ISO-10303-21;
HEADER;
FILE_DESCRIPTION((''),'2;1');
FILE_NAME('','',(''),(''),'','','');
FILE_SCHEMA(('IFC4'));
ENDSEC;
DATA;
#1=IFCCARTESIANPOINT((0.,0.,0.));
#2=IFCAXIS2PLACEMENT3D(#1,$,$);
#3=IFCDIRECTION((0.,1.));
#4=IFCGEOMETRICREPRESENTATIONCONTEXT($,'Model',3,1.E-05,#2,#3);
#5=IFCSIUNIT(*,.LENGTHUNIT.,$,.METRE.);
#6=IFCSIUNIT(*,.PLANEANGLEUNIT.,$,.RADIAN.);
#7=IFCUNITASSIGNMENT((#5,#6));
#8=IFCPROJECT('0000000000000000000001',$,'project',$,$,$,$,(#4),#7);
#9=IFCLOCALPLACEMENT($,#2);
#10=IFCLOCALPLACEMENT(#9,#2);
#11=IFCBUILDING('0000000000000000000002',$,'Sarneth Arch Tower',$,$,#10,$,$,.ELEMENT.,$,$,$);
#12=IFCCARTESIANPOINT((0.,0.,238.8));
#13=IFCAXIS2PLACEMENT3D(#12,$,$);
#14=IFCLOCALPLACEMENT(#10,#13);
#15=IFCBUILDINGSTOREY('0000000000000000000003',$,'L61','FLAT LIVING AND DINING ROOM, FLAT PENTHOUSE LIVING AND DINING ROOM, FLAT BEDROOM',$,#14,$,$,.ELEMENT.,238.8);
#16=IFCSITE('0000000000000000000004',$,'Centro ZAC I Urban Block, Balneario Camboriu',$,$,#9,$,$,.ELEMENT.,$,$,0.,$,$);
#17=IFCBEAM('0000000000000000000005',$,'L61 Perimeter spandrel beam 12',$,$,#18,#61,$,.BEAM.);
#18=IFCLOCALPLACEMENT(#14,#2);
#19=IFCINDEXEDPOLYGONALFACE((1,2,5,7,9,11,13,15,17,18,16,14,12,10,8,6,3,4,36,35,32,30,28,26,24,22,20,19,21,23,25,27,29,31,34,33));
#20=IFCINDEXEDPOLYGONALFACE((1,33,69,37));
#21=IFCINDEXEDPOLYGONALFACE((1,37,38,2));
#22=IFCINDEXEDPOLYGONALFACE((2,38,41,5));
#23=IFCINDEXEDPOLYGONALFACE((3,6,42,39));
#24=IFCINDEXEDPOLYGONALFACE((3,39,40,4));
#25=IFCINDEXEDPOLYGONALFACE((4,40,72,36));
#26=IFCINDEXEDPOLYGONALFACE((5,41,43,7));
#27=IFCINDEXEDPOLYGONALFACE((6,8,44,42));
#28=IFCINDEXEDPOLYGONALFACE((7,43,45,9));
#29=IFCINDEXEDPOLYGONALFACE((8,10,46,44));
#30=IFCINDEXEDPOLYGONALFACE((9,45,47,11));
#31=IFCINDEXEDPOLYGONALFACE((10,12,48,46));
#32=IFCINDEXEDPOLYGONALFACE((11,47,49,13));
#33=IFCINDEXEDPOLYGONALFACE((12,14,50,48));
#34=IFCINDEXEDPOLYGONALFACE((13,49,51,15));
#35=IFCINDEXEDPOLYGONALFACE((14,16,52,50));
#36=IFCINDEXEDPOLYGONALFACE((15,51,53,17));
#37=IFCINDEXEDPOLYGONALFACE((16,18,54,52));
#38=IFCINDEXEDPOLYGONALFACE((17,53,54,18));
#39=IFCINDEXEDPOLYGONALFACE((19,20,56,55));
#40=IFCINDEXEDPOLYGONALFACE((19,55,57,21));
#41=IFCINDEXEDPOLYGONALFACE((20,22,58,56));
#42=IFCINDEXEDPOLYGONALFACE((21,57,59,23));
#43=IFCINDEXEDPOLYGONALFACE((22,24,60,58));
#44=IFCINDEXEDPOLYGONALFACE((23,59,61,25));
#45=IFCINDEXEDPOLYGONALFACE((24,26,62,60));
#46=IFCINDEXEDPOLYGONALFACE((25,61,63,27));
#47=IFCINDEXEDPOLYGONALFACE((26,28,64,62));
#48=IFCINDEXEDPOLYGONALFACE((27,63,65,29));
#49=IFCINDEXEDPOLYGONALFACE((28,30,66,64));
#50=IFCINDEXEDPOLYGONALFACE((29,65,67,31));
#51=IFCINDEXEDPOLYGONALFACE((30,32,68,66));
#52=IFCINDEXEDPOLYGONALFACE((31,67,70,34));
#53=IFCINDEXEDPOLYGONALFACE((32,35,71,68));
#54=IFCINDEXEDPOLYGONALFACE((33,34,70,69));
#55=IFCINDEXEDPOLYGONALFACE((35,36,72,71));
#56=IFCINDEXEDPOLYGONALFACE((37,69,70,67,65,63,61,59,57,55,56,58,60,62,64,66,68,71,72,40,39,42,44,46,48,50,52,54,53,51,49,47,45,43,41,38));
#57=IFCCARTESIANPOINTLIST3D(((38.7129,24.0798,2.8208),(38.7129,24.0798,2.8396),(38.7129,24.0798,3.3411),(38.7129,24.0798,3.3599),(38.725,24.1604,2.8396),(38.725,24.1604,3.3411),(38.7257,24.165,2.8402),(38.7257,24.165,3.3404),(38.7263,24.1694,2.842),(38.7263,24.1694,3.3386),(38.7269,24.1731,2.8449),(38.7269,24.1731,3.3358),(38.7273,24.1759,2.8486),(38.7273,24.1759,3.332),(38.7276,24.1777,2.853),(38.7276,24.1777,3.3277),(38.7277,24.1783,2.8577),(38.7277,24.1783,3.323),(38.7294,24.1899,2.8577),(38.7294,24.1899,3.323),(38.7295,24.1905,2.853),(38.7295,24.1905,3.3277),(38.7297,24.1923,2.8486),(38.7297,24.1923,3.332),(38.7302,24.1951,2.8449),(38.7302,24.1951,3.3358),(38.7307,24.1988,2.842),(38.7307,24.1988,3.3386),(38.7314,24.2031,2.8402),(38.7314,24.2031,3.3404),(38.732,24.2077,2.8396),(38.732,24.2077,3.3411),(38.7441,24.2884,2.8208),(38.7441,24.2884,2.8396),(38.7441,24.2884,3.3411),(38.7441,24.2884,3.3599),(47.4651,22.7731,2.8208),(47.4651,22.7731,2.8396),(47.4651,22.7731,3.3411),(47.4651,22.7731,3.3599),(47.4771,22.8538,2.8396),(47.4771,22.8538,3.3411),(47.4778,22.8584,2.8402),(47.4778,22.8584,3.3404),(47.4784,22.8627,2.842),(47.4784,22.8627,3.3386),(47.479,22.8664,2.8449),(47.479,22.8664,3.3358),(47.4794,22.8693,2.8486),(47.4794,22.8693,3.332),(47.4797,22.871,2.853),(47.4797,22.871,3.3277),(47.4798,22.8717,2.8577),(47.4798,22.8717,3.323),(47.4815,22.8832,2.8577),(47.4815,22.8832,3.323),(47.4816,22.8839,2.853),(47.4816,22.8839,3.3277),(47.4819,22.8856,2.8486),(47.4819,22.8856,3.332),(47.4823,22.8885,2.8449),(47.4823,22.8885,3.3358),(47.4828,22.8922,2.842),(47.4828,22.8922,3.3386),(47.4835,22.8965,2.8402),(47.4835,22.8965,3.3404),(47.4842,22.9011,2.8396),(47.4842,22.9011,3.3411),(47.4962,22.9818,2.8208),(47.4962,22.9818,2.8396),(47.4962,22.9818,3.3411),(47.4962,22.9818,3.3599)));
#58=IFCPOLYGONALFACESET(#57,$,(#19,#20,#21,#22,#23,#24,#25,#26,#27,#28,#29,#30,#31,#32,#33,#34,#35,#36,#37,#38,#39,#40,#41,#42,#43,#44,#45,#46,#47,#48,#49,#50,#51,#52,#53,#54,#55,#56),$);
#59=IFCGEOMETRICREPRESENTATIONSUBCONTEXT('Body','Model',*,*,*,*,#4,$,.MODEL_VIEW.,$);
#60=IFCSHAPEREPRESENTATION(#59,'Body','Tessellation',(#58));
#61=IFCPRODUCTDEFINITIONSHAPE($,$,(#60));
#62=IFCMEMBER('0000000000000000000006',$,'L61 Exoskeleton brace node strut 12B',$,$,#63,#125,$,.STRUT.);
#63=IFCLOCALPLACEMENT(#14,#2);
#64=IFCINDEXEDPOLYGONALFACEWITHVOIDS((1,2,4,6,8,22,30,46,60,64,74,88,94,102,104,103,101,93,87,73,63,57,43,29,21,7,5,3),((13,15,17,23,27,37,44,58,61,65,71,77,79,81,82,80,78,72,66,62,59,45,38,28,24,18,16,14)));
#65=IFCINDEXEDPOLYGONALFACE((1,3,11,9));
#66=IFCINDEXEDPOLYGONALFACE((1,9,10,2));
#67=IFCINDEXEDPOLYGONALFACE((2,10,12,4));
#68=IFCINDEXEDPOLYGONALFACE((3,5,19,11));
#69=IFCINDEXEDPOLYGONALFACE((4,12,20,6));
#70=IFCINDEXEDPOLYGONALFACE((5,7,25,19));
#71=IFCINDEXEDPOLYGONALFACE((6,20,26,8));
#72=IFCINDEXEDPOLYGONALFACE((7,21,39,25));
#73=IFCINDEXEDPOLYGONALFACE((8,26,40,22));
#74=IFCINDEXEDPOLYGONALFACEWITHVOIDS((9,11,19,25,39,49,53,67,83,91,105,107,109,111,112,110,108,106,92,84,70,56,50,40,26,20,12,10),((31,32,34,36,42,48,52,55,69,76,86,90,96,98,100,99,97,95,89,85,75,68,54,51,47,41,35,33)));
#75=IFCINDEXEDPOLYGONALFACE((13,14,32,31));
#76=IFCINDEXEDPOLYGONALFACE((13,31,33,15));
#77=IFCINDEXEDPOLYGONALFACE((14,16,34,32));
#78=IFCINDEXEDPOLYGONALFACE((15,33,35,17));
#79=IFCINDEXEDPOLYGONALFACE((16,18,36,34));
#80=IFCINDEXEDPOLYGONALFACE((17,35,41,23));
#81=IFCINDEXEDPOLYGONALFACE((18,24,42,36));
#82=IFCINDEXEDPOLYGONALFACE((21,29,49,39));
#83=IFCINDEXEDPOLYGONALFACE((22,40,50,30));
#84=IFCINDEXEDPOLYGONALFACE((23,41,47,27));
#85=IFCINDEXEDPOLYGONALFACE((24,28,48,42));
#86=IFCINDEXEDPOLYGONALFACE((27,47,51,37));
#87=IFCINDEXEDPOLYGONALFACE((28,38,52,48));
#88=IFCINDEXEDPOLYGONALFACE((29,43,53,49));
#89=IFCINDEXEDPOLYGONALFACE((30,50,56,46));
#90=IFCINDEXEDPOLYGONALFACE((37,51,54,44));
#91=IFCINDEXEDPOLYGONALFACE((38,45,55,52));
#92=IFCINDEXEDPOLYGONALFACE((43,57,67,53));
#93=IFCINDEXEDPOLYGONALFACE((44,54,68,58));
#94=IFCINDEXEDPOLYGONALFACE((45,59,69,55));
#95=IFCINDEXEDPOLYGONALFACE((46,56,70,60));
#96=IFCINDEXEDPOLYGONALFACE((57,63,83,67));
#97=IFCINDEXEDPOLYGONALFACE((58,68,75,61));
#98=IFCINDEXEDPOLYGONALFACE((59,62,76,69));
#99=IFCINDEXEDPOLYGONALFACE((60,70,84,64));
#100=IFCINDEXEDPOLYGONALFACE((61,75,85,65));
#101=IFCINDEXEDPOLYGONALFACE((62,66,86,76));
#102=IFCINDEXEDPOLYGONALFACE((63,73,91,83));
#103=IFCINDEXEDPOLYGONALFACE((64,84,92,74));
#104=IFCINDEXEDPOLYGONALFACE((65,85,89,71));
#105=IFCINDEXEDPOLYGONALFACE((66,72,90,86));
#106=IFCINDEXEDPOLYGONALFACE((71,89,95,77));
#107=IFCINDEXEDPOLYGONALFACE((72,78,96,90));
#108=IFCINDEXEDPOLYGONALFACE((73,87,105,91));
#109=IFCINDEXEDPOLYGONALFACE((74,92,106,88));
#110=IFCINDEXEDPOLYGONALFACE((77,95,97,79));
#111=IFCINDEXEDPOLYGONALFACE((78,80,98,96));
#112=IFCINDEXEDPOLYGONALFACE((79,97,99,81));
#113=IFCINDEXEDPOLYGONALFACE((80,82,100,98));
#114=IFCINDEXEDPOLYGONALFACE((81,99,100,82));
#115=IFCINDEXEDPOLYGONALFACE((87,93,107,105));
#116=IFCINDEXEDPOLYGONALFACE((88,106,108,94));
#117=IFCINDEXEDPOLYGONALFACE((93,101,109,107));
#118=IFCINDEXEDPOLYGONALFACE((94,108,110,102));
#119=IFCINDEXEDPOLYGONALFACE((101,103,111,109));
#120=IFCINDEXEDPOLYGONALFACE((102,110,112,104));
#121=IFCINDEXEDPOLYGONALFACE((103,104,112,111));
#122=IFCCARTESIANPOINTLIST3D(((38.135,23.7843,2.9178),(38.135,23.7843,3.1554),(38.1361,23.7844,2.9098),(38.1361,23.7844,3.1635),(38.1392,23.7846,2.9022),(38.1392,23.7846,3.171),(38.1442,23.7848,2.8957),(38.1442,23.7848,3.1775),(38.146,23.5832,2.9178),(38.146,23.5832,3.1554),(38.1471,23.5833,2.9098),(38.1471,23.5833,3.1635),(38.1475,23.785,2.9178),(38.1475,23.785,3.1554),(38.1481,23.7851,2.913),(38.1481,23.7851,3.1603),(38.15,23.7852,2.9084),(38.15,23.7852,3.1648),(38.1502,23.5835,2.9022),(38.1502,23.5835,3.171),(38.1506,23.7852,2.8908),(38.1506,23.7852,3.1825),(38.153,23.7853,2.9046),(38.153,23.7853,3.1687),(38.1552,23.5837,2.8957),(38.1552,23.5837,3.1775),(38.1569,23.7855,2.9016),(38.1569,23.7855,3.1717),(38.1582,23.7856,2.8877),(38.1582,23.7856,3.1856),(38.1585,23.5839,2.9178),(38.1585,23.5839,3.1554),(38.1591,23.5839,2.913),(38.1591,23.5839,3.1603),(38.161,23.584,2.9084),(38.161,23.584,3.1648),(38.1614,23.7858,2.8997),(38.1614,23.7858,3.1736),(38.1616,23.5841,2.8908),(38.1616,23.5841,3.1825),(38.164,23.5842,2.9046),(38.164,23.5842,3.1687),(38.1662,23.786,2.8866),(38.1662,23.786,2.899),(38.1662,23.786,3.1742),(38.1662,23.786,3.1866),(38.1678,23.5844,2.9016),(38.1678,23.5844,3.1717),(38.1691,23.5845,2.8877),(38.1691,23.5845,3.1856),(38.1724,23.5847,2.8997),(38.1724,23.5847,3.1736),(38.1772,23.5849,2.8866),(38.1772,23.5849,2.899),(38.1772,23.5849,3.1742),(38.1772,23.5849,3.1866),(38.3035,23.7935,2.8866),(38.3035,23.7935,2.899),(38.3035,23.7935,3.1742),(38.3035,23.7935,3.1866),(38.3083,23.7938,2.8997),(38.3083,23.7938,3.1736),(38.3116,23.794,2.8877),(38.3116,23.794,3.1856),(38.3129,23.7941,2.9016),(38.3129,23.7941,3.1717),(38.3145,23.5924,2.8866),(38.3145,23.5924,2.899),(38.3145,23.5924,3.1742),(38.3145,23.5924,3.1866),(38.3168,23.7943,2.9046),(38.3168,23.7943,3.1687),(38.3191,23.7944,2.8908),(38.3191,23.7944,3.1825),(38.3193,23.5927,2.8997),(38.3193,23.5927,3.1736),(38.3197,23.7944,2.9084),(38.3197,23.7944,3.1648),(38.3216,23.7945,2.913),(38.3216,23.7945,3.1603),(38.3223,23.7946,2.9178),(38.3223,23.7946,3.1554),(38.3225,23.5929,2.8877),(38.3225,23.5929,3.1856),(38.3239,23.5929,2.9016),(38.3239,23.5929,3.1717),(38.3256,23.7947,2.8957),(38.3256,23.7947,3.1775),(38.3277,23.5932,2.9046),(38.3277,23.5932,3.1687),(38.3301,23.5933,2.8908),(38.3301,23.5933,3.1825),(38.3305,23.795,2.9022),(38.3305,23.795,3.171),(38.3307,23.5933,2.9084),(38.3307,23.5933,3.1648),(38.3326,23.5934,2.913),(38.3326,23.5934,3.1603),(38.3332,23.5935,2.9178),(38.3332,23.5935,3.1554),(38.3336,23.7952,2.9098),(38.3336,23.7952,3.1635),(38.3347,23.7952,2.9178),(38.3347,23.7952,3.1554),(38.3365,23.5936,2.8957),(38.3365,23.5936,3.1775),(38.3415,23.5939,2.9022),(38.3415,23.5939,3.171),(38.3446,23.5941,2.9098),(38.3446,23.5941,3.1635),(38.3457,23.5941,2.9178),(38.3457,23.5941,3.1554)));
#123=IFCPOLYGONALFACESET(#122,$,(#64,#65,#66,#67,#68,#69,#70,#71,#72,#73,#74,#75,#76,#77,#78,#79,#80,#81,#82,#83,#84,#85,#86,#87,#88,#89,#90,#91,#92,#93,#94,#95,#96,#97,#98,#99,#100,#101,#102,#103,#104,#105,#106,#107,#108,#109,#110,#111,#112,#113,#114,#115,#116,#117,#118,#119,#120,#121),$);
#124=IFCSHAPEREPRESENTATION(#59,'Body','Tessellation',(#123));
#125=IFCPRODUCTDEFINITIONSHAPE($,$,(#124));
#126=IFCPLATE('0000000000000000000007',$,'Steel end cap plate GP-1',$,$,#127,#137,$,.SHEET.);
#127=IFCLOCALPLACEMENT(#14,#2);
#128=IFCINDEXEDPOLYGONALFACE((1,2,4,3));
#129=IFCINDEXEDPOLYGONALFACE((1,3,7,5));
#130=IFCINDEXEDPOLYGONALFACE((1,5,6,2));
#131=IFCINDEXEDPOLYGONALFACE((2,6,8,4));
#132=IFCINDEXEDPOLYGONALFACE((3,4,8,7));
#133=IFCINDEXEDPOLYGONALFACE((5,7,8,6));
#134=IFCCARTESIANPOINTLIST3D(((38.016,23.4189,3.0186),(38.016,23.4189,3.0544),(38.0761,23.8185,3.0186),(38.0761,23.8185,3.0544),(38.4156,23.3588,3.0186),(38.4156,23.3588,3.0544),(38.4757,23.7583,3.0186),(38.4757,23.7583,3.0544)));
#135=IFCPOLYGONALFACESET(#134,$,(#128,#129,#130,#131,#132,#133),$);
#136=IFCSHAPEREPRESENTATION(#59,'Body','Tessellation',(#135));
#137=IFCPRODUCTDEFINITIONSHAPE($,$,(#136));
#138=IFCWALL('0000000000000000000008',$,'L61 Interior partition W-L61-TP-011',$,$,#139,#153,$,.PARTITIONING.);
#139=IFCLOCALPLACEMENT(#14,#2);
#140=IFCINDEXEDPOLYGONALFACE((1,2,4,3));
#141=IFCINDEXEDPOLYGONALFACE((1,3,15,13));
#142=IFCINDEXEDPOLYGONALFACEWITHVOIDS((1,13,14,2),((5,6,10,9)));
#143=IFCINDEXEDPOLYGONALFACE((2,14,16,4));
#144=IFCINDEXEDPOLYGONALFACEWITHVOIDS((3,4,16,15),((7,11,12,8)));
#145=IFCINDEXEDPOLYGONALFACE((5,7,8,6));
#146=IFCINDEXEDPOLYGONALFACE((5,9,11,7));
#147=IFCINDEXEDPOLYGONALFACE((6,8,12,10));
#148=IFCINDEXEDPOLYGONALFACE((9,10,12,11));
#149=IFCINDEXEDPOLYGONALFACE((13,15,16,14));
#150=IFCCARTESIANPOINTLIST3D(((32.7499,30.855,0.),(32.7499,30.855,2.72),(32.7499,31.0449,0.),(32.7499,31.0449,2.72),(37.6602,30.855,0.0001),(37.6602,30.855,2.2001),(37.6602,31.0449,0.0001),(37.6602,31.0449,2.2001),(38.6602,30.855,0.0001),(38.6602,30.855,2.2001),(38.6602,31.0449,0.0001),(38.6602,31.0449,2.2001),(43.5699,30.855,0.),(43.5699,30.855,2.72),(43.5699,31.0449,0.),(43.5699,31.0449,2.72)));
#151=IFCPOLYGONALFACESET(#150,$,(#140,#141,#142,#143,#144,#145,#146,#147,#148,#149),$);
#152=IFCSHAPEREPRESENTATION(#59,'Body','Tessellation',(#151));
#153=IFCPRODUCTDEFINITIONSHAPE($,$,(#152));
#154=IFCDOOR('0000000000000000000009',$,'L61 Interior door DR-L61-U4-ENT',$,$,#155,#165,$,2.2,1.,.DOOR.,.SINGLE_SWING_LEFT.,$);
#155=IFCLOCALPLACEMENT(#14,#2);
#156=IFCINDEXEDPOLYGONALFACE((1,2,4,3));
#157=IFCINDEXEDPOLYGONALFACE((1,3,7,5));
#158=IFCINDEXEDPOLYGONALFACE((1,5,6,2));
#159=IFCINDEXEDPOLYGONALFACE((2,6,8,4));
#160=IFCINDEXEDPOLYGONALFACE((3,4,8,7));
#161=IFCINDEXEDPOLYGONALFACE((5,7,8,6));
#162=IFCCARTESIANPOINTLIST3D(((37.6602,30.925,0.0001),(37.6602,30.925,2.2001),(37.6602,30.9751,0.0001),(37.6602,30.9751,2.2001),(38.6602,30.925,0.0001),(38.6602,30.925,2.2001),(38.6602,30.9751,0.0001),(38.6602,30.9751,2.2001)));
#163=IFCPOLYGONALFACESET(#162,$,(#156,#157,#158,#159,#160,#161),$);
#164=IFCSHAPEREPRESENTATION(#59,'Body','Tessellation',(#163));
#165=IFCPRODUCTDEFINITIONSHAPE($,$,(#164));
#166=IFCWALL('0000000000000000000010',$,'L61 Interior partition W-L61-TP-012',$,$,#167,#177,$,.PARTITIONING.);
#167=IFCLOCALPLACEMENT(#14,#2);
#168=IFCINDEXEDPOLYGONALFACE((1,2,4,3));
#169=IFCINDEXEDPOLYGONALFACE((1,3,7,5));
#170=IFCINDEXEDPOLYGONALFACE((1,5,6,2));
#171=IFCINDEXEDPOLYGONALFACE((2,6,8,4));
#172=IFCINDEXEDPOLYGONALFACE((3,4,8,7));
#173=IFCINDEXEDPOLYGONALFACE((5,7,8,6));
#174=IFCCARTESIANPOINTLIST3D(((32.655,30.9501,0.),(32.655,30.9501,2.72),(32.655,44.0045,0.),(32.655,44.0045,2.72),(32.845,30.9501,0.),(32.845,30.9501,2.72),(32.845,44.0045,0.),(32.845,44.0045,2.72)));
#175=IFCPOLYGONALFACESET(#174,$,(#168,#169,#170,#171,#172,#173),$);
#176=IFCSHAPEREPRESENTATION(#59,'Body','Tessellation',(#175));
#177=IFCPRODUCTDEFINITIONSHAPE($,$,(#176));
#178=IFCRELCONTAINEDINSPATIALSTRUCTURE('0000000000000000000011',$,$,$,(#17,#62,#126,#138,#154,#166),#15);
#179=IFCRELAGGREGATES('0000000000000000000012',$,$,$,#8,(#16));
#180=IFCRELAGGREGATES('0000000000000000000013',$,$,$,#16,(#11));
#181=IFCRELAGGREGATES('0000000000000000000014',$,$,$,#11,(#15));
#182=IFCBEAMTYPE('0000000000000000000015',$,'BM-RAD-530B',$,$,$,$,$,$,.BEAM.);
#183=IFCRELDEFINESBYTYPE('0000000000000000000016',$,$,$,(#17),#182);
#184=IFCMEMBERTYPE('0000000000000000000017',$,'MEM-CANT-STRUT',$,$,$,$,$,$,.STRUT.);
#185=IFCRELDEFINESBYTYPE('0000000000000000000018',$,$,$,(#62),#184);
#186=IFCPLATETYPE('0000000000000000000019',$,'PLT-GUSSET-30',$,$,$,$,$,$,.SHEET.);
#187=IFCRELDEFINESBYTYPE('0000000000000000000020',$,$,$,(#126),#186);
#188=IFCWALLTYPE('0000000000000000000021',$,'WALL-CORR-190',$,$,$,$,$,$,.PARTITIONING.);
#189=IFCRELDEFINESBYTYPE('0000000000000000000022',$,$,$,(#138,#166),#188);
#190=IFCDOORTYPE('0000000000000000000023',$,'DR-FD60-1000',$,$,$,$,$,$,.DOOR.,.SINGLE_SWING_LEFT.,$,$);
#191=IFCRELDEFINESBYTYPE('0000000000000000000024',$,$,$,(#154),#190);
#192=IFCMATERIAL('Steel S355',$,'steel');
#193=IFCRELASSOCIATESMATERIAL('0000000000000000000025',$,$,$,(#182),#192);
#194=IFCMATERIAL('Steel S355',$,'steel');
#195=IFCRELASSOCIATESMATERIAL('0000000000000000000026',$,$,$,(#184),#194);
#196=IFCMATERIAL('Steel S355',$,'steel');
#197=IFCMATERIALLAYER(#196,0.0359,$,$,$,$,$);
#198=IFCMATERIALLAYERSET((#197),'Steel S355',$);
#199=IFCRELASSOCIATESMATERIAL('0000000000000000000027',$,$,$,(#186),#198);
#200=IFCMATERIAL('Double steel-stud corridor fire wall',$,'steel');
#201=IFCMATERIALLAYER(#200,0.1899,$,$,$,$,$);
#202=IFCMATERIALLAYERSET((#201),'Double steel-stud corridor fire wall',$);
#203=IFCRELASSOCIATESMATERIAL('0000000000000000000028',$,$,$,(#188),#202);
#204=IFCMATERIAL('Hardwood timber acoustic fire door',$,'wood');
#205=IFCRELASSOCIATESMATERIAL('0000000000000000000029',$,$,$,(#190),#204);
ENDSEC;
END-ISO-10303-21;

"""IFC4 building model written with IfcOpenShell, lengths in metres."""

from ifc_helpers import new_model, si_unit, direction, frame, frame_2d, origin, origin_2d, place, context, subcontext, project, spatial, rectangle, hollow_rectangle, i_section, extrude, material, layer, layer_set, material_profile, profile_set, type_object, element, fill, save


model = new_model("IFC4")

# Units and contexts
model_context = context("Model", 3, precision=1e-05, world=origin(), true_north=direction((0.0, 1.0)))
body_context = subcontext(model_context, "Body", "Model", "MODEL_VIEW")
ifc_project = project(units=[si_unit("LENGTHUNIT", "METRE"), si_unit("PLANEANGLEUNIT", "RADIAN")], contexts=[model_context])

# Site, building, storey
site_placement = place(None, origin())
site = spatial("IfcSite", under=ifc_project, at=site_placement, Name="Centro ZAC I Urban Block, Balneario Camboriu", CompositionType="ELEMENT", RefElevation=0.0)
building_placement = place(site_placement, origin())
building = spatial("IfcBuilding", under=site, at=building_placement, Name="Sarneth Arch Tower", CompositionType="ELEMENT")
storey_placement = place(building_placement, frame((0.0, 0.0, 238.8)))
storey = spatial("IfcBuildingStorey", under=building, at=storey_placement, Name="L61", Description="FLAT LIVING AND DINING ROOM, FLAT PENTHOUSE LIVING AND DINING ROOM, FLAT BEDROOM", CompositionType="ELEMENT", Elevation=238.8)

# Beam
ifc_material_1 = material(Name="Steel S355", Category="steel")
ifc_material_profile_1 = material_profile(ifc_material_1, i_section(OverallWidth=0.2109, OverallDepth=0.5391, WebThickness=0.0117, FlangeThickness=0.0188, FilletRadius=0.0181, at=origin_2d()), Name="W530x109")
ifc_profile_set_1 = profile_set([ifc_material_profile_1], Name="Steel S355")
beam_type_1 = type_object("IfcBeamType", Name="BM-RAD-530B", PredefinedType="BEAM", material=ifc_profile_set_1)
beam_1_placement = place(storey_placement, frame((38.7285, 24.1841, 3.0903), z_axis=(0.989039, -0.147656, 0.0), x_axis=(0.147656, 0.989039, 0.0)))
element("IfcBeam", 1, at=beam_1_placement, inside=storey, type_object=beam_type_1, Name="L61 Perimeter spandrel beam 12", PredefinedType="BEAM", context=body_context, shape_type="SweptSolid", body=[
    extrude(i_section(OverallWidth=0.2109, OverallDepth=0.5391, WebThickness=0.0117, FlangeThickness=0.0188, FilletRadius=0.0181, at=origin_2d()), origin(), (0.0, 0.0, 1.0), 8.8491),
])

# Member
ifc_material_2 = material(Name="Steel S355", Category="steel")
ifc_material_profile_2 = material_profile(ifc_material_2, hollow_rectangle(XDim=0.2, YDim=0.3, WallThickness=0.0125, InnerFilletRadius=0.0188, OuterFilletRadius=0.0312, at=origin_2d()), Name="RHS300x200x12.5")
ifc_profile_set_2 = profile_set([ifc_material_profile_2], Name="Steel S355")
member_type = type_object("IfcMemberType", Name="MEM-CANT-STRUT", PredefinedType="STRUT", material=ifc_profile_set_2)
member_placement = place(storey_placement, frame((38.2349, 23.7898, 3.0366), z_axis=(0.05453, -0.998512, 0.0), x_axis=(0.998512, 0.05453, 0.0)))
element("IfcMember", 2, at=member_placement, inside=storey, type_object=member_type, Name="L61 Exoskeleton brace node strut 12B", PredefinedType="STRUT", context=body_context, shape_type="SweptSolid", body=[
    extrude(hollow_rectangle(XDim=0.2, YDim=0.3, WallThickness=0.0125, InnerFilletRadius=0.0188, OuterFilletRadius=0.0312, at=origin_2d()), origin(), (0.0, 0.0, 1.0), 0.2014),
])

# Plate
ifc_material_3 = material(Name="Steel S355", Category="steel")
ifc_layer_1 = layer(ifc_material_3, 0.0359)
ifc_layer_set_1 = layer_set([ifc_layer_1], Name="Steel S355")
plate_type = type_object("IfcPlateType", Name="PLT-GUSSET-30", PredefinedType="SHEET", material=ifc_layer_set_1)
plate_placement = place(storey_placement, frame((38.2458, 23.5886, 3.0186), z_axis=(0.0, 0.0, 1.0), x_axis=(0.988861, -0.148845, 0.0)))
element("IfcPlate", 3, at=plate_placement, inside=storey, type_object=plate_type, Name="Steel end cap plate GP-1", PredefinedType="SHEET", context=body_context, shape_type="SweptSolid", body=[
    extrude(rectangle(XDim=0.4041, YDim=0.4041, at=origin_2d()), origin(), (0.0, 0.0, 1.0), 0.0359),
])

# Wall, opening, door
ifc_material_4 = material(Name="Double steel-stud corridor fire wall", Category="steel")
ifc_layer_2 = layer(ifc_material_4, 0.1899)
ifc_layer_set_2 = layer_set([ifc_layer_2], Name="Double steel-stud corridor fire wall")
wall_type_1 = type_object("IfcWallType", Name="WALL-CORR-190", PredefinedType="PARTITIONING", material=ifc_layer_set_2)
wall_1_placement = place(storey_placement, frame((43.5701, 30.95, 0.0), z_axis=(0.0, 0.0, 1.0), x_axis=(-1.0, 0.0, 0.0)))
wall_1 = element("IfcWall", 4, at=wall_1_placement, inside=storey, type_object=wall_type_1, Name="L61 Interior partition W-L61-TP-011", PredefinedType="PARTITIONING", context=body_context, shape_type="SweptSolid", body=[
    extrude(rectangle(XDim=10.8201, YDim=0.1899, at=frame_2d((5.4102, 0.0))), origin(), (0.0, 0.0, 1.0), 2.72),
])
opening_1_placement = place(wall_1_placement, frame((4.9099, 0.0, 0.0)))
opening_1 = element("IfcOpeningElement", 5, at=opening_1_placement, cuts=wall_1, PredefinedType="OPENING", context=body_context, shape_type="SweptSolid", body=[
    extrude(rectangle(XDim=1.0, YDim=2.2, at=frame_2d((0.5, 1.1001))), frame((0.0, 0.105, 0.0), z_axis=(0.0, -1.0, 0.0), x_axis=(1.0, 0.0, 0.0)), (0.0, 0.0, 1.0), 0.21),
])
ifc_material_5 = material(Name="Hardwood timber acoustic fire door", Category="wood")
door_type_1 = type_object("IfcDoorType", Name="DR-FD60-1000", OperationType="SINGLE_SWING_LEFT", PredefinedType="DOOR", material=ifc_material_5)
door_1_placement = place(opening_1_placement, origin())
door_1 = element("IfcDoor", 6, at=door_1_placement, inside=storey, type_object=door_type_1, Name="L61 Interior door DR-L61-U4-ENT", OperationType="SINGLE_SWING_LEFT", OverallHeight=2.2, OverallWidth=1.0, PredefinedType="DOOR", context=body_context, shape_type="SweptSolid", body=[
    extrude(rectangle(XDim=1.0, YDim=2.2, at=frame_2d((0.5, 1.1001))), frame((0.0, 0.0249, 0.0), z_axis=(0.0, -1.0, 0.0), x_axis=(1.0, 0.0, 0.0)), (0.0, 0.0, 1.0), 0.05),
])
fill(opening_1, door_1)

# Wall
wall_2_placement = place(storey_placement, frame((32.75, 30.95, 0.0), z_axis=(0.0, 0.0, 1.0), x_axis=(0.0, 1.0, 0.0)))
element("IfcWall", 7, at=wall_2_placement, inside=storey, type_object=wall_type_1, Name="L61 Interior partition W-L61-TP-012", PredefinedType="PARTITIONING", context=body_context, shape_type="SweptSolid", body=[
    extrude(rectangle(XDim=13.0544, YDim=0.1899, at=frame_2d((6.5273, 0.0))), origin(), (0.0, 0.0, 1.0), 2.72),
])

save(model, "model.ifc")
